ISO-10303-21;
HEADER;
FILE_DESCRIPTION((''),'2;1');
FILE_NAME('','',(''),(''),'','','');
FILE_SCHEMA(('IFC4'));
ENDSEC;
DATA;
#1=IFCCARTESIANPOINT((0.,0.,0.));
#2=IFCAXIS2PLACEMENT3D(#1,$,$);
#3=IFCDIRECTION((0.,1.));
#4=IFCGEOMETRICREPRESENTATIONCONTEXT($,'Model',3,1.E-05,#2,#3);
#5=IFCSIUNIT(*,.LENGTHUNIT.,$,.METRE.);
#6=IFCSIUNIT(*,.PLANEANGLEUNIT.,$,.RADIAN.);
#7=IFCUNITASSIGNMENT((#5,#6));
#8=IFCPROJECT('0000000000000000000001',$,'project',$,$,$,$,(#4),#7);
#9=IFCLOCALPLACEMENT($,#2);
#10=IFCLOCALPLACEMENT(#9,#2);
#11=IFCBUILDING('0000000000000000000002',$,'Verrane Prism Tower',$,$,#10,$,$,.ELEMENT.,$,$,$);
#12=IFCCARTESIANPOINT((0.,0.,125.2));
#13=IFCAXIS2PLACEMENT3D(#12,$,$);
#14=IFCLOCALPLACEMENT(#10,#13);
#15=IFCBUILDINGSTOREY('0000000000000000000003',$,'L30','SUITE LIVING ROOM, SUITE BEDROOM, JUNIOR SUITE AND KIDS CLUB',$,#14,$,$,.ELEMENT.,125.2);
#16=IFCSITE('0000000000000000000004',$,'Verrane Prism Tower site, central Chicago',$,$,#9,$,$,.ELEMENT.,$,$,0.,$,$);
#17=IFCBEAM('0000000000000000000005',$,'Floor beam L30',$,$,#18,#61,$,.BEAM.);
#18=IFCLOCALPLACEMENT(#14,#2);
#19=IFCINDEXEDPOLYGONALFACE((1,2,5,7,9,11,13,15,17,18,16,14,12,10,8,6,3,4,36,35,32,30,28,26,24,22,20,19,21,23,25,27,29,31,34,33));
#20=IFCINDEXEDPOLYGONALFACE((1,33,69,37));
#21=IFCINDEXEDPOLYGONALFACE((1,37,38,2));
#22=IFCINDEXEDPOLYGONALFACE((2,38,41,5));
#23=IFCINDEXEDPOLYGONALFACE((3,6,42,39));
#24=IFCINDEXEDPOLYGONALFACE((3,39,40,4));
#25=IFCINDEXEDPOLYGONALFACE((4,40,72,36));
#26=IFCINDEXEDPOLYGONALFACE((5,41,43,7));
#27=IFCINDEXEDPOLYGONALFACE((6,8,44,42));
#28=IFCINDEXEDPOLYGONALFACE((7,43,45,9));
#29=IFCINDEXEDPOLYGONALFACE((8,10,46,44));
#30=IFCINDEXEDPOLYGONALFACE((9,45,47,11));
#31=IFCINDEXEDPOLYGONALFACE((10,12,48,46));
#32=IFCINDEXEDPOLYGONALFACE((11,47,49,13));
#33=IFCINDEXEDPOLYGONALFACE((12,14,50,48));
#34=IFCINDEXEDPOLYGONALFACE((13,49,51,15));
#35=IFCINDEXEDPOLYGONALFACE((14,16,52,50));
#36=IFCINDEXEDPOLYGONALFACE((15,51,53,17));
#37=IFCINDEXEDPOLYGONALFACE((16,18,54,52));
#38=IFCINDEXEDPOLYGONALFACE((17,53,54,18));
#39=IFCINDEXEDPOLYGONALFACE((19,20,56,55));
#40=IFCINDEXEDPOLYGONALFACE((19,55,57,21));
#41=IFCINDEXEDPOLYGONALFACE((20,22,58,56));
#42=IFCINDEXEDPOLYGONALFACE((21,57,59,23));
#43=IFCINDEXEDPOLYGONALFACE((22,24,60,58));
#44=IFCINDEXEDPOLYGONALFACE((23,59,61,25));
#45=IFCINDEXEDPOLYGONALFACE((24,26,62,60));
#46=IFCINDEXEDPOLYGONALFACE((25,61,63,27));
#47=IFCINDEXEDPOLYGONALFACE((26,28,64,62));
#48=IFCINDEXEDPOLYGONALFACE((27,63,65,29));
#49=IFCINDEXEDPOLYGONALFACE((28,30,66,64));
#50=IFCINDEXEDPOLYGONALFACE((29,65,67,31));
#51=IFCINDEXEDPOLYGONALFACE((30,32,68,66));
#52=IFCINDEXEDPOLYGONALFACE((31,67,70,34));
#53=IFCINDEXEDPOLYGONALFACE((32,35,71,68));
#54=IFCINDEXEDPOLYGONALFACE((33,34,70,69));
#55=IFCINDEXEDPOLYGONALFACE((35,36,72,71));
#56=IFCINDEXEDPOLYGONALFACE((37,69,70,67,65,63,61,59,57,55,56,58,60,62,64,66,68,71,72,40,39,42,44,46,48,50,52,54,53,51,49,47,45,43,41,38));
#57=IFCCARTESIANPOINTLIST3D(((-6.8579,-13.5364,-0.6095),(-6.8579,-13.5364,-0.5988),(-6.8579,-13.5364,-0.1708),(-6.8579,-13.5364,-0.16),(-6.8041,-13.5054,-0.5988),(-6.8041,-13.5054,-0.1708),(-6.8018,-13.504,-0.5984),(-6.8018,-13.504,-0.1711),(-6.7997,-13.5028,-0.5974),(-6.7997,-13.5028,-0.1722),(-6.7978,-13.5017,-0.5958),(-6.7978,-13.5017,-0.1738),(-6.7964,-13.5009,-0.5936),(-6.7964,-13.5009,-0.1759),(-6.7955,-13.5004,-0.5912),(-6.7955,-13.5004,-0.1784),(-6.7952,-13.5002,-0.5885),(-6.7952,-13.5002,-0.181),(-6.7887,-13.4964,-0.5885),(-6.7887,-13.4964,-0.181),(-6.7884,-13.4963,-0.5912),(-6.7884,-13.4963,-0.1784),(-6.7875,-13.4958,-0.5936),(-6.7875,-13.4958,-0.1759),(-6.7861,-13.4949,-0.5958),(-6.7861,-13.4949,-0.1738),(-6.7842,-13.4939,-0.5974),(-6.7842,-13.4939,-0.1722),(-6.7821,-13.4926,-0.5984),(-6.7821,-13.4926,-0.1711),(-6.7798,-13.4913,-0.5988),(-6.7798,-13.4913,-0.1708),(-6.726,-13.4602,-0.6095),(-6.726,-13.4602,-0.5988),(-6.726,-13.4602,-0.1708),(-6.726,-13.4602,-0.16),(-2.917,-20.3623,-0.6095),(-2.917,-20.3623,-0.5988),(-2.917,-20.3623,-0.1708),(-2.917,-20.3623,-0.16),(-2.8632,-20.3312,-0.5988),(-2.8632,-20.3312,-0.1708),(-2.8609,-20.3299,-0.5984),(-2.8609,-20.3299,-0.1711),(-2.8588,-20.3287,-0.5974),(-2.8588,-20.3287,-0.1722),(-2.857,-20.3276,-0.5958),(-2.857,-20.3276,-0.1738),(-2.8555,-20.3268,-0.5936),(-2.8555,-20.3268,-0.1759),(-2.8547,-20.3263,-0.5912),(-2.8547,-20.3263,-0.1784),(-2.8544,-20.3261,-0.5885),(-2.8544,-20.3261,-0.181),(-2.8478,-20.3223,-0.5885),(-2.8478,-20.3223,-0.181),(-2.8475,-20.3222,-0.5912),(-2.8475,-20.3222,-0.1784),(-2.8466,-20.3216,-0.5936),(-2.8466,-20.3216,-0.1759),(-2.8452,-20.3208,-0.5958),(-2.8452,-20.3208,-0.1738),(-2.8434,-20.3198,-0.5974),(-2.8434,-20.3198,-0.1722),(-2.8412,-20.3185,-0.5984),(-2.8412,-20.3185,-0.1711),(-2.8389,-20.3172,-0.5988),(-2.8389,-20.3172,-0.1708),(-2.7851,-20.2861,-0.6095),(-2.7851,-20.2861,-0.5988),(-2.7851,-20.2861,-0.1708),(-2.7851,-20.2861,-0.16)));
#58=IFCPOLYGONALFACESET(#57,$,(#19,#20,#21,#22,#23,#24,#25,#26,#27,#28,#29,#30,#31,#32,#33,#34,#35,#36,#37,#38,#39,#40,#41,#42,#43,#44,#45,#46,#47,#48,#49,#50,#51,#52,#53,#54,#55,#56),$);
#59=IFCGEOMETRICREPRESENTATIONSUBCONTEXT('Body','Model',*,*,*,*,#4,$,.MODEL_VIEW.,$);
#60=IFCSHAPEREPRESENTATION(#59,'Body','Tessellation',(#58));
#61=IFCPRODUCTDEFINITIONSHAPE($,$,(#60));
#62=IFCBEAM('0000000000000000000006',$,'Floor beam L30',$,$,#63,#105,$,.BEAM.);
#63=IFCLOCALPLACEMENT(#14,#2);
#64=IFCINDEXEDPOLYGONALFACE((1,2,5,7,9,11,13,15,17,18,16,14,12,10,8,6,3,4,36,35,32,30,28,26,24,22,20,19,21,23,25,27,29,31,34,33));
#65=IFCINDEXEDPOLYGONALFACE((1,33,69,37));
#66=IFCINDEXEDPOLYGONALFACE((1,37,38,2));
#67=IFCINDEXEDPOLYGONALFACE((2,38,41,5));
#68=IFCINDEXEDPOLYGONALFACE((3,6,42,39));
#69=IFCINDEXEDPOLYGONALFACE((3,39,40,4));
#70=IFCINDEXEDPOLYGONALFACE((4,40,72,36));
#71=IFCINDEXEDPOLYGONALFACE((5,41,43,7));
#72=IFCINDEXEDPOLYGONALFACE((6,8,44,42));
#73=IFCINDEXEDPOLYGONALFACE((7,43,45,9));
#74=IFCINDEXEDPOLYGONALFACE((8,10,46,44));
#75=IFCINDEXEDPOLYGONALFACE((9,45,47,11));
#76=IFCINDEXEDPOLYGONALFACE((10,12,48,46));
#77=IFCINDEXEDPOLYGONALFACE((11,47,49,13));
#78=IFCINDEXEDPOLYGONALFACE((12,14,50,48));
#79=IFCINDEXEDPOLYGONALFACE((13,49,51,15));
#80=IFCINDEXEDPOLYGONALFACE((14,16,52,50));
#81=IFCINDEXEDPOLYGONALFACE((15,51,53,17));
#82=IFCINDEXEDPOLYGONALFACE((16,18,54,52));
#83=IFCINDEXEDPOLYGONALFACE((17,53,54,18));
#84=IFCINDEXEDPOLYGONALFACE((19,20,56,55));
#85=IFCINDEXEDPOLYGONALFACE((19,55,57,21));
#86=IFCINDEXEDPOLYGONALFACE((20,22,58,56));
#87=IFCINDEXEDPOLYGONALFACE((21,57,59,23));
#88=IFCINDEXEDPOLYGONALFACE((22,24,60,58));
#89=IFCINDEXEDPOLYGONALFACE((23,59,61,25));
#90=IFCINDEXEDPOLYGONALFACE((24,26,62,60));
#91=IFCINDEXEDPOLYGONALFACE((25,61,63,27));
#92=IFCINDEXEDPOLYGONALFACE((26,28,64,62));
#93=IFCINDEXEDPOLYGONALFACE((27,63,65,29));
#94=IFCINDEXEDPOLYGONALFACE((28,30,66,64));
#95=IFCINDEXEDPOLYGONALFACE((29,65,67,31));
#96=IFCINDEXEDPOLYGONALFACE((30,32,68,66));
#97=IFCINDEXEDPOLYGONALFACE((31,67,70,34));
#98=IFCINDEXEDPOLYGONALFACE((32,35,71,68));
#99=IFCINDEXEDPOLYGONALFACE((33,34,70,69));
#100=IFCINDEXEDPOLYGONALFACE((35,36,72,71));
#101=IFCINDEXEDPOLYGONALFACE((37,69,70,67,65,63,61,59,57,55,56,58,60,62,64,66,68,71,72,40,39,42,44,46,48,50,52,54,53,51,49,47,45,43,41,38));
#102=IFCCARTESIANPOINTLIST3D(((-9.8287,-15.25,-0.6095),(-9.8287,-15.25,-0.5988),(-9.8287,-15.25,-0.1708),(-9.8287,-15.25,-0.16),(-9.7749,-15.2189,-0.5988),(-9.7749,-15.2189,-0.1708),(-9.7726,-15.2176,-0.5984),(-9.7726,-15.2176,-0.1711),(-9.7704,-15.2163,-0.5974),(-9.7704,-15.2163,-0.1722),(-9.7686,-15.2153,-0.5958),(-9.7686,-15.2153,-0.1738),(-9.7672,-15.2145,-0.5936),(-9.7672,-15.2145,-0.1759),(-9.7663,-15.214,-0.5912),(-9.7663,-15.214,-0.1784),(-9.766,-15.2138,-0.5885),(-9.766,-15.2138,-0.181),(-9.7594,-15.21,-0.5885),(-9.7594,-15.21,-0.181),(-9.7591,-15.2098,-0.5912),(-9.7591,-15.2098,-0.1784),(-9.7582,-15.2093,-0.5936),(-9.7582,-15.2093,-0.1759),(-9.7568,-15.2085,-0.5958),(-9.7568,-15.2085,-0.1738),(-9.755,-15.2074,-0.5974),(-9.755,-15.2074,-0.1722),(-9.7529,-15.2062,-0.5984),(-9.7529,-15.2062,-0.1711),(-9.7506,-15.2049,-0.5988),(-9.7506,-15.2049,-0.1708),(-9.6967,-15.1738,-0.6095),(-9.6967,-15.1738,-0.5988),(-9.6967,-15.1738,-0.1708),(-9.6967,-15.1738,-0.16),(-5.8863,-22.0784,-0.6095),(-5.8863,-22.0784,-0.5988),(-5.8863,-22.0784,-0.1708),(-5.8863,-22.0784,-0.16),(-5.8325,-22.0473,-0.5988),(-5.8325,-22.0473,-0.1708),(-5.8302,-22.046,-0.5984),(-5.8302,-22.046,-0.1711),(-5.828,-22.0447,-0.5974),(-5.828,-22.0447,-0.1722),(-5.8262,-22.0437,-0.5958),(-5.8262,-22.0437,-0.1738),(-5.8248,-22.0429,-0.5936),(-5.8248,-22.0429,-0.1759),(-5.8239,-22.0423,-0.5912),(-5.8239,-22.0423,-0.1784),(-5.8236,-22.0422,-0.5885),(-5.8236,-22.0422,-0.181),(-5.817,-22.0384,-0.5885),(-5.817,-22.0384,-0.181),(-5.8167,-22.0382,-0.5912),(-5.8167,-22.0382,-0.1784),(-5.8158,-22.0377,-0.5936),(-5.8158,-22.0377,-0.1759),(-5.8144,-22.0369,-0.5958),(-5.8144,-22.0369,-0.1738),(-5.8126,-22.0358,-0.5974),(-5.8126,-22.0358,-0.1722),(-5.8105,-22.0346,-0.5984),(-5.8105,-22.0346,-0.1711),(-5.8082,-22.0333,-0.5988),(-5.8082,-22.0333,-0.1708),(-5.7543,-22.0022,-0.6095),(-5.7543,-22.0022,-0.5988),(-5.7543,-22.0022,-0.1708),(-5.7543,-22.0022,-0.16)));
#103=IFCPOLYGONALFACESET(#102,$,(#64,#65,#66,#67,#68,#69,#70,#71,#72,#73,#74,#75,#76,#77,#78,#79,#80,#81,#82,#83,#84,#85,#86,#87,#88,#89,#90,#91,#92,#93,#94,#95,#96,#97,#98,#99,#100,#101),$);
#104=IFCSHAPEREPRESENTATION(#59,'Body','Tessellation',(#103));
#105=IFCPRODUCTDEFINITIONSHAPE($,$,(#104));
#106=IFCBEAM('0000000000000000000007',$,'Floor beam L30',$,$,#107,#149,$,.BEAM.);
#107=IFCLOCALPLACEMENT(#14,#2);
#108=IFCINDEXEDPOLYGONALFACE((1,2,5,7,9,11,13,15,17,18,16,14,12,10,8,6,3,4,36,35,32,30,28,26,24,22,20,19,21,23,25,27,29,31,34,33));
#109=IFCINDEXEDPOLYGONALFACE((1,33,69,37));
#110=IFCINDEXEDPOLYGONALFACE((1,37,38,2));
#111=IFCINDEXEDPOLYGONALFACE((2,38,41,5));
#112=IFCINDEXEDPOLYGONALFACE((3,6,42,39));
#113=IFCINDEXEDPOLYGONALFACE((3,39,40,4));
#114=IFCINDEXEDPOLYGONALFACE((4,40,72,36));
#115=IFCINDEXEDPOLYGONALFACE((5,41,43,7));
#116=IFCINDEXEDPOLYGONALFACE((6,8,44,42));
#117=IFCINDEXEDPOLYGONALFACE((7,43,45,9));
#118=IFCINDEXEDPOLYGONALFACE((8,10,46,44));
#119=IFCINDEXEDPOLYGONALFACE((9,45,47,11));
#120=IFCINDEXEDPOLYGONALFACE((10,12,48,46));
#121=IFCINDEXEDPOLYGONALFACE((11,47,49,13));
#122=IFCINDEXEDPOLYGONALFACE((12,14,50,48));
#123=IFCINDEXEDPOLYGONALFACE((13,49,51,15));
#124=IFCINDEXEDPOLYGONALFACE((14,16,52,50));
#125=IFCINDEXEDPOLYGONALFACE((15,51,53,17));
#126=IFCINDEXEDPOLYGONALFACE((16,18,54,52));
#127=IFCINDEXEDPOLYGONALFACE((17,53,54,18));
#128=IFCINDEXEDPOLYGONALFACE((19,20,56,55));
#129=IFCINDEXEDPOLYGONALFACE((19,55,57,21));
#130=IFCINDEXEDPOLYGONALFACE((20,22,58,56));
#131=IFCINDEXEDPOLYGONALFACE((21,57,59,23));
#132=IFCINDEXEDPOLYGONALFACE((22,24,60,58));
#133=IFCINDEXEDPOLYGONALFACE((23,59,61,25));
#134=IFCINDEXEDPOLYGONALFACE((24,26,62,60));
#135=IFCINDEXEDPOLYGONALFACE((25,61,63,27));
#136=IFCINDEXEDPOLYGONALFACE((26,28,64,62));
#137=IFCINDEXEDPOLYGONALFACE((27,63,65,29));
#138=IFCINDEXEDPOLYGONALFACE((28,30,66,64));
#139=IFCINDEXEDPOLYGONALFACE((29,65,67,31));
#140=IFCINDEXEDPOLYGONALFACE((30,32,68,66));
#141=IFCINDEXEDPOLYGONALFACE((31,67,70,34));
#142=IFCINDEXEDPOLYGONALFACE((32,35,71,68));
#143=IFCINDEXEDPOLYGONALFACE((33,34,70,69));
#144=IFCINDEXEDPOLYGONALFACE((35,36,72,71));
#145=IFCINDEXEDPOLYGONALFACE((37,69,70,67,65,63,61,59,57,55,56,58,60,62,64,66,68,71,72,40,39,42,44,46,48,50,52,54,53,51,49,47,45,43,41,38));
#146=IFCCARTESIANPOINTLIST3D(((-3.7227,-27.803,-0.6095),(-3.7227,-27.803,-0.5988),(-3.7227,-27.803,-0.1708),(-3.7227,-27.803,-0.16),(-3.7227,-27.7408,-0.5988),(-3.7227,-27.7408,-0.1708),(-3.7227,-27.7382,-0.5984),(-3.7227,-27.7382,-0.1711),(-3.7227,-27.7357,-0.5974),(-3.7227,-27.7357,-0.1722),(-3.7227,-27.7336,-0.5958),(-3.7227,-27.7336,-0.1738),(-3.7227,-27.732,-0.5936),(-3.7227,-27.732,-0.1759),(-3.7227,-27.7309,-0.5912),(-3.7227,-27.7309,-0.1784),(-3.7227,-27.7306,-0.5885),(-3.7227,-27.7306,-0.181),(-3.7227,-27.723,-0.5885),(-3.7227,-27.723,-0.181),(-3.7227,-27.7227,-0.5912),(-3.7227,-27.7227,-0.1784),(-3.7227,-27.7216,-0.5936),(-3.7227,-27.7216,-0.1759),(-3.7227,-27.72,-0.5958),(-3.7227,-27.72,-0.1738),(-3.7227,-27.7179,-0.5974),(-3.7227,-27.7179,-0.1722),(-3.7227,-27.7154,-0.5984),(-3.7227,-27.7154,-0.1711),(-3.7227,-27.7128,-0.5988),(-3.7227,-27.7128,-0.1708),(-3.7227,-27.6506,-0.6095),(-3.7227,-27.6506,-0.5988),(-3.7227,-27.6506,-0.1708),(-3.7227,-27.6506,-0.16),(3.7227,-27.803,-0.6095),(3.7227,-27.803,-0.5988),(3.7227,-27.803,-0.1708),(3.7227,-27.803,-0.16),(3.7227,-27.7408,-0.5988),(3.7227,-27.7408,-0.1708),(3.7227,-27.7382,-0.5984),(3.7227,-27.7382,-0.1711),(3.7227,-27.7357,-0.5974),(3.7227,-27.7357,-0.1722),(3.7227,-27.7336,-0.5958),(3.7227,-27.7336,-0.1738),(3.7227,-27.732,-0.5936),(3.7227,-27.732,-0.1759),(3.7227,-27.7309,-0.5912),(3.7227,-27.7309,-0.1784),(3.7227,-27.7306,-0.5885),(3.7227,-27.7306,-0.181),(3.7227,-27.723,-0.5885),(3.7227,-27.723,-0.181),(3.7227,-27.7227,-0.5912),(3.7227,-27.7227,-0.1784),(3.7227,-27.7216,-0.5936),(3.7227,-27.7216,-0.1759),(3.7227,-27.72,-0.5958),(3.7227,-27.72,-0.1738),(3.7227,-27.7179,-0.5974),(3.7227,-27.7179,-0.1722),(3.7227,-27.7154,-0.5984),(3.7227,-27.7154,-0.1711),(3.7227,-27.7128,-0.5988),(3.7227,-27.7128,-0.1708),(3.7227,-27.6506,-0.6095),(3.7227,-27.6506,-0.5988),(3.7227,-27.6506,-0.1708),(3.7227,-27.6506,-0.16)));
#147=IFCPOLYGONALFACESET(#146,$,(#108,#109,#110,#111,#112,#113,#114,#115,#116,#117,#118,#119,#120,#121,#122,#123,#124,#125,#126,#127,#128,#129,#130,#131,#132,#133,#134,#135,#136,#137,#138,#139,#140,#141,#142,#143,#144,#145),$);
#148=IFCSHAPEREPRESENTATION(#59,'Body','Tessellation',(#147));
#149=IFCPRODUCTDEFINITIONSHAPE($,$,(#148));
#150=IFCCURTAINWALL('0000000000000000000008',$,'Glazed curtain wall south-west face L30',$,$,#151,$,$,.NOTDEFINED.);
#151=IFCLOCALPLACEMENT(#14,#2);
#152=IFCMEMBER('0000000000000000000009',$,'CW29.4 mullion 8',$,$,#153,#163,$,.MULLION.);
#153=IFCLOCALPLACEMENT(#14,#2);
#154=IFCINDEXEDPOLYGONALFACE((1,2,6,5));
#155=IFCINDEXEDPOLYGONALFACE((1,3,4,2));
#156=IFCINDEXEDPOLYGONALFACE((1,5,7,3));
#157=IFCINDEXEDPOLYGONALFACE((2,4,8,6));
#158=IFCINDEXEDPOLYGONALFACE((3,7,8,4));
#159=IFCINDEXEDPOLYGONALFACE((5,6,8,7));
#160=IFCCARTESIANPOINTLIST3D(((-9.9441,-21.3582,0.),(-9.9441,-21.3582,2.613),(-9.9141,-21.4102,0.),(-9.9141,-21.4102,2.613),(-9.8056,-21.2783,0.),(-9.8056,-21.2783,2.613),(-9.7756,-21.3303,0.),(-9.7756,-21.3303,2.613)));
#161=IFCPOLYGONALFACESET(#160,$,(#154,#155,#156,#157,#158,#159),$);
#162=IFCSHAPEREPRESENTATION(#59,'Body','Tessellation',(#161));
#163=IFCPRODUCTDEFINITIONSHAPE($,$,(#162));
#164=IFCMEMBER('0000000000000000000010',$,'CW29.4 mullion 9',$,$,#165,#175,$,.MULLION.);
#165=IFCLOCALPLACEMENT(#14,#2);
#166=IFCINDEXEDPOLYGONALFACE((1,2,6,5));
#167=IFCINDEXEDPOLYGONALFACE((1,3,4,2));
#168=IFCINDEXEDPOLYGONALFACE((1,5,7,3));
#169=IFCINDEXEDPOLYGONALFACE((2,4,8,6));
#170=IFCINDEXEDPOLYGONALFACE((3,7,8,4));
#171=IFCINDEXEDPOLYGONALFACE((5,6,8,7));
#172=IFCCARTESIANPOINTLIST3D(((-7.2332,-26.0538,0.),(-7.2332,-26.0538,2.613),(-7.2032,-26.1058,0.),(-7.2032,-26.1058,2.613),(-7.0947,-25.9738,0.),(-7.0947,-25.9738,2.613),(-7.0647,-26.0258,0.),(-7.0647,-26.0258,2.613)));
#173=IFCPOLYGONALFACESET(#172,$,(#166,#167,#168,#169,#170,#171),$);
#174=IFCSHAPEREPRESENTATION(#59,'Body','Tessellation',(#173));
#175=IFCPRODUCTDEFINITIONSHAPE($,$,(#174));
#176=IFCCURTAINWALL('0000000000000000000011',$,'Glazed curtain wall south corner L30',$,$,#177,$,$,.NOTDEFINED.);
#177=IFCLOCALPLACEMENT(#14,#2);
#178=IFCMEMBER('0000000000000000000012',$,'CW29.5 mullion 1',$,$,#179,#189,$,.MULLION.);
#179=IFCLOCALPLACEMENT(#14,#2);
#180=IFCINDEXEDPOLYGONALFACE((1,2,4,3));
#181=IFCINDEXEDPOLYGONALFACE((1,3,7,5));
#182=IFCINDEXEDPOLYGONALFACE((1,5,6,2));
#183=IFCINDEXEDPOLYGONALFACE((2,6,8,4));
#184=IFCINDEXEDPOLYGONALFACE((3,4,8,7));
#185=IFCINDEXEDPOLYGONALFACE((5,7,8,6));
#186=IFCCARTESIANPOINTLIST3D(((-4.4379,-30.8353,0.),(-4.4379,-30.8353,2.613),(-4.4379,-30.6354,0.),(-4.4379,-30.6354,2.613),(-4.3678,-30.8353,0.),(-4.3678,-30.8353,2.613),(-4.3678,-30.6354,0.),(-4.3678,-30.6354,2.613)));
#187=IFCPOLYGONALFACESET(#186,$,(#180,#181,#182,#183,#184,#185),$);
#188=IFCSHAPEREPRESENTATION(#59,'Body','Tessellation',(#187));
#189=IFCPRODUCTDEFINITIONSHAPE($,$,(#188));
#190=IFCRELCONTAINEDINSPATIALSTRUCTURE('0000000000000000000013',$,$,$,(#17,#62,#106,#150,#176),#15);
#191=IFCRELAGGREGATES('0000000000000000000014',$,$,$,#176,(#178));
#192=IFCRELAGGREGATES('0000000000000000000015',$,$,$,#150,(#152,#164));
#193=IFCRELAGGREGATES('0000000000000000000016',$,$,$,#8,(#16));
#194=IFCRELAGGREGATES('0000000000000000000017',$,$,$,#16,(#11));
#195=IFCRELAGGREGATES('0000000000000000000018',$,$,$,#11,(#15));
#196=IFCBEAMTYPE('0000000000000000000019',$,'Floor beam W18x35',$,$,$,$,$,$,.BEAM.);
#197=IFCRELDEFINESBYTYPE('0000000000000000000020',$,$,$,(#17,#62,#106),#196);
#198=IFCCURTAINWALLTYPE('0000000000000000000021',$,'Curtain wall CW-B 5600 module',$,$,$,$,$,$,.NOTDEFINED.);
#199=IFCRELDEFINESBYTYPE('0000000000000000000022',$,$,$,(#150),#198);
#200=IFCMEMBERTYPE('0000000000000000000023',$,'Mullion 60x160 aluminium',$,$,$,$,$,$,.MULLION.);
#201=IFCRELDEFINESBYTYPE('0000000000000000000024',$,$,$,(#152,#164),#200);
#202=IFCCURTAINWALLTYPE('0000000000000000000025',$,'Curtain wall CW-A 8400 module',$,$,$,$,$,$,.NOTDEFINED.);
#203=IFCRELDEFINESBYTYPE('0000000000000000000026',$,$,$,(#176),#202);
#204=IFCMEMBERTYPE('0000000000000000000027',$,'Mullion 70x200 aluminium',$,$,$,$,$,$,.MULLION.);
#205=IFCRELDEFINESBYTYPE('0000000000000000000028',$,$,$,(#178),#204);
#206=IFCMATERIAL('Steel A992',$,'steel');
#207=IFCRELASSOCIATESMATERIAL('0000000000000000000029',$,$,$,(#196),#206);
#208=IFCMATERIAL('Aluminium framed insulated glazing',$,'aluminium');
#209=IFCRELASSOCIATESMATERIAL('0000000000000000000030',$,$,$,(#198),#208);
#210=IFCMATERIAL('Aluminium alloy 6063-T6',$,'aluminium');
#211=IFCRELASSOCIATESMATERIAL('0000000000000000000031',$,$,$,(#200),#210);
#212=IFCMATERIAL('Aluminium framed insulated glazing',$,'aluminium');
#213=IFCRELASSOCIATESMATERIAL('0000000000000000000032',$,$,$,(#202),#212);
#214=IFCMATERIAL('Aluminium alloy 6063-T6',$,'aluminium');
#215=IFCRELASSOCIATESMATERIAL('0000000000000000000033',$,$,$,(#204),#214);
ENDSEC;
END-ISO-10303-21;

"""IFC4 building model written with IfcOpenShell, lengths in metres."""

from ifc_helpers import new_model, si_unit, direction, frame, origin, origin_2d, place, context, subcontext, project, spatial, rectangle, i_section, extrude, material, material_profile, profile_set, type_object, element, aggregate, save


model = new_model("IFC4")

# Units and contexts
model_context = context("Model", 3, precision=1e-05, world=origin(), true_north=direction((0.0, 1.0)))
body_context = subcontext(model_context, "Body", "Model", "MODEL_VIEW")
ifc_project = project(units=[si_unit("LENGTHUNIT", "METRE"), si_unit("PLANEANGLEUNIT", "RADIAN")], contexts=[model_context])

# Site, building, storey
site_placement = place(None, origin())
site = spatial("IfcSite", under=ifc_project, at=site_placement, Name="Verrane Prism Tower site, central Chicago", CompositionType="ELEMENT", RefElevation=0.0)
building_placement = place(site_placement, origin())
building = spatial("IfcBuilding", under=site, at=building_placement, Name="Verrane Prism Tower", CompositionType="ELEMENT")
storey_placement = place(building_placement, frame((0.0, 0.0, 125.2)))
storey = spatial("IfcBuildingStorey", under=building, at=storey_placement, Name="L30", Description="SUITE LIVING ROOM, SUITE BEDROOM, JUNIOR SUITE AND KIDS CLUB", CompositionType="ELEMENT", Elevation=125.2)

# Beams
ifc_material_1 = material(Name="Steel A992", Category="steel")
ifc_material_profile_1 = material_profile(ifc_material_1, i_section(OverallWidth=0.1523, OverallDepth=0.4495, WebThickness=0.0076, FlangeThickness=0.0107, FilletRadius=0.0103, at=origin_2d()), Name="W18x35")
ifc_profile_set_1 = profile_set([ifc_material_profile_1], Name="Steel A992")
beam_type_1 = type_object("IfcBeamType", Name="Floor beam W18x35", PredefinedType="BEAM", material=ifc_profile_set_1)
beam_1_placement = place(storey_placement, frame((-2.8511, -20.3242, -0.3848), z_axis=(-0.499997, 0.866027, 0.0), x_axis=(-0.866027, -0.499997, 0.0)))
element("IfcBeam", 1, at=beam_1_placement, inside=storey, type_object=beam_type_1, Name="Floor beam L30", PredefinedType="BEAM", context=body_context, shape_type="SweptSolid", body=[
    extrude(i_section(OverallWidth=0.1523, OverallDepth=0.4495, WebThickness=0.0076, FlangeThickness=0.0107, FilletRadius=0.0103, at=origin_2d()), origin(), (0.0, 0.0, 1.0), 7.8818),
])
beam_2_placement = place(storey_placement, frame((-5.8203, -22.0403, -0.3848), z_axis=(-0.500002, 0.866024, 0.0), x_axis=(-0.866024, -0.500002, 0.0)))
element("IfcBeam", 2, at=beam_2_placement, inside=storey, type_object=beam_type_1, Name="Floor beam L30", PredefinedType="BEAM", context=body_context, shape_type="SweptSolid", body=[
    extrude(i_section(OverallWidth=0.1523, OverallDepth=0.4495, WebThickness=0.0076, FlangeThickness=0.0107, FilletRadius=0.0103, at=origin_2d()), origin(), (0.0, 0.0, 1.0), 7.8848),
])
beam_3_placement = place(storey_placement, frame((-3.7227, -27.7268, -0.3848), z_axis=(1.0, 0.0, 0.0), x_axis=(0.0, 1.0, 0.0)))
element("IfcBeam", 3, at=beam_3_placement, inside=storey, type_object=beam_type_1, Name="Floor beam L30", PredefinedType="BEAM", context=body_context, shape_type="SweptSolid", body=[
    extrude(i_section(OverallWidth=0.1523, OverallDepth=0.4495, WebThickness=0.0076, FlangeThickness=0.0107, FilletRadius=0.0103, at=origin_2d()), origin(), (0.0, 0.0, 1.0), 7.4453),
])

# Curtain wall, members
ifc_material_2 = material(Name="Aluminium framed insulated glazing", Category="aluminium")
curtain_wall_type_1 = type_object("IfcCurtainWallType", Name="Curtain wall CW-B 5600 module", PredefinedType="NOTDEFINED", material=ifc_material_2)
curtain_wall_1_placement = place(storey_placement, origin())
curtain_wall_1 = element("IfcCurtainWall", 4, at=curtain_wall_1_placement, inside=storey, type_object=curtain_wall_type_1, Name="Glazed curtain wall south-west face L30", PredefinedType="NOTDEFINED")
ifc_material_3 = material(Name="Aluminium alloy 6063-T6", Category="aluminium")
ifc_material_profile_2 = material_profile(ifc_material_3, rectangle(XDim=0.1599, YDim=0.0601, at=origin_2d()), Name="Mullion 60x160 aluminium")
ifc_profile_set_2 = profile_set([ifc_material_profile_2], Name="Aluminium alloy 6063-T6")
member_type_1 = type_object("IfcMemberType", Name="Mullion 60x160 aluminium", PredefinedType="MULLION", material=ifc_profile_set_2)
member_1_placement = place(storey_placement, frame((-9.8599, -21.3442, 0.0), z_axis=(0.0, 0.0, 1.0), x_axis=(0.866025, 0.5, 0.0)))
member_1 = element("IfcMember", 5, at=member_1_placement, type_object=member_type_1, Name="CW29.4 mullion 8", PredefinedType="MULLION", context=body_context, shape_type="SweptSolid", body=[
    extrude(rectangle(XDim=0.1599, YDim=0.0601, at=origin_2d()), origin(), (0.0, 0.0, 1.0), 2.613),
])
member_2_placement = place(storey_placement, frame((-7.1489, -26.0398, 0.0), z_axis=(0.0, 0.0, 1.0), x_axis=(0.866025, 0.5, 0.0)))
member_2 = element("IfcMember", 6, at=member_2_placement, type_object=member_type_1, Name="CW29.4 mullion 9", PredefinedType="MULLION", context=body_context, shape_type="SweptSolid", body=[
    extrude(rectangle(XDim=0.1599, YDim=0.0601, at=origin_2d()), origin(), (0.0, 0.0, 1.0), 2.613),
])

# Curtain wall, member
ifc_material_4 = material(Name="Aluminium framed insulated glazing", Category="aluminium")
curtain_wall_type_2 = type_object("IfcCurtainWallType", Name="Curtain wall CW-A 8400 module", PredefinedType="NOTDEFINED", material=ifc_material_4)
curtain_wall_2_placement = place(storey_placement, origin())
curtain_wall_2 = element("IfcCurtainWall", 7, at=curtain_wall_2_placement, inside=storey, type_object=curtain_wall_type_2, Name="Glazed curtain wall south corner L30", PredefinedType="NOTDEFINED")
ifc_material_5 = material(Name="Aluminium alloy 6063-T6", Category="aluminium")
ifc_material_profile_3 = material_profile(ifc_material_5, rectangle(XDim=0.2, YDim=0.0701, at=origin_2d()), Name="Mullion 70x200 aluminium")
ifc_profile_set_3 = profile_set([ifc_material_profile_3], Name="Aluminium alloy 6063-T6")
member_type_2 = type_object("IfcMemberType", Name="Mullion 70x200 aluminium", PredefinedType="MULLION", material=ifc_profile_set_3)
member_3_placement = place(storey_placement, frame((-4.4028, -30.7354, 0.0), z_axis=(0.0, 0.0, 1.0), x_axis=(0.0, 1.0, 0.0)))
member_3 = element("IfcMember", 8, at=member_3_placement, type_object=member_type_2, Name="CW29.5 mullion 1", PredefinedType="MULLION", context=body_context, shape_type="SweptSolid", body=[
    extrude(rectangle(XDim=0.2, YDim=0.0701, at=origin_2d()), origin(), (0.0, 0.0, 1.0), 2.613),
])

aggregate(curtain_wall_2, [member_3])

aggregate(curtain_wall_1, [member_1, member_2])

save(model, "model.ifc")
